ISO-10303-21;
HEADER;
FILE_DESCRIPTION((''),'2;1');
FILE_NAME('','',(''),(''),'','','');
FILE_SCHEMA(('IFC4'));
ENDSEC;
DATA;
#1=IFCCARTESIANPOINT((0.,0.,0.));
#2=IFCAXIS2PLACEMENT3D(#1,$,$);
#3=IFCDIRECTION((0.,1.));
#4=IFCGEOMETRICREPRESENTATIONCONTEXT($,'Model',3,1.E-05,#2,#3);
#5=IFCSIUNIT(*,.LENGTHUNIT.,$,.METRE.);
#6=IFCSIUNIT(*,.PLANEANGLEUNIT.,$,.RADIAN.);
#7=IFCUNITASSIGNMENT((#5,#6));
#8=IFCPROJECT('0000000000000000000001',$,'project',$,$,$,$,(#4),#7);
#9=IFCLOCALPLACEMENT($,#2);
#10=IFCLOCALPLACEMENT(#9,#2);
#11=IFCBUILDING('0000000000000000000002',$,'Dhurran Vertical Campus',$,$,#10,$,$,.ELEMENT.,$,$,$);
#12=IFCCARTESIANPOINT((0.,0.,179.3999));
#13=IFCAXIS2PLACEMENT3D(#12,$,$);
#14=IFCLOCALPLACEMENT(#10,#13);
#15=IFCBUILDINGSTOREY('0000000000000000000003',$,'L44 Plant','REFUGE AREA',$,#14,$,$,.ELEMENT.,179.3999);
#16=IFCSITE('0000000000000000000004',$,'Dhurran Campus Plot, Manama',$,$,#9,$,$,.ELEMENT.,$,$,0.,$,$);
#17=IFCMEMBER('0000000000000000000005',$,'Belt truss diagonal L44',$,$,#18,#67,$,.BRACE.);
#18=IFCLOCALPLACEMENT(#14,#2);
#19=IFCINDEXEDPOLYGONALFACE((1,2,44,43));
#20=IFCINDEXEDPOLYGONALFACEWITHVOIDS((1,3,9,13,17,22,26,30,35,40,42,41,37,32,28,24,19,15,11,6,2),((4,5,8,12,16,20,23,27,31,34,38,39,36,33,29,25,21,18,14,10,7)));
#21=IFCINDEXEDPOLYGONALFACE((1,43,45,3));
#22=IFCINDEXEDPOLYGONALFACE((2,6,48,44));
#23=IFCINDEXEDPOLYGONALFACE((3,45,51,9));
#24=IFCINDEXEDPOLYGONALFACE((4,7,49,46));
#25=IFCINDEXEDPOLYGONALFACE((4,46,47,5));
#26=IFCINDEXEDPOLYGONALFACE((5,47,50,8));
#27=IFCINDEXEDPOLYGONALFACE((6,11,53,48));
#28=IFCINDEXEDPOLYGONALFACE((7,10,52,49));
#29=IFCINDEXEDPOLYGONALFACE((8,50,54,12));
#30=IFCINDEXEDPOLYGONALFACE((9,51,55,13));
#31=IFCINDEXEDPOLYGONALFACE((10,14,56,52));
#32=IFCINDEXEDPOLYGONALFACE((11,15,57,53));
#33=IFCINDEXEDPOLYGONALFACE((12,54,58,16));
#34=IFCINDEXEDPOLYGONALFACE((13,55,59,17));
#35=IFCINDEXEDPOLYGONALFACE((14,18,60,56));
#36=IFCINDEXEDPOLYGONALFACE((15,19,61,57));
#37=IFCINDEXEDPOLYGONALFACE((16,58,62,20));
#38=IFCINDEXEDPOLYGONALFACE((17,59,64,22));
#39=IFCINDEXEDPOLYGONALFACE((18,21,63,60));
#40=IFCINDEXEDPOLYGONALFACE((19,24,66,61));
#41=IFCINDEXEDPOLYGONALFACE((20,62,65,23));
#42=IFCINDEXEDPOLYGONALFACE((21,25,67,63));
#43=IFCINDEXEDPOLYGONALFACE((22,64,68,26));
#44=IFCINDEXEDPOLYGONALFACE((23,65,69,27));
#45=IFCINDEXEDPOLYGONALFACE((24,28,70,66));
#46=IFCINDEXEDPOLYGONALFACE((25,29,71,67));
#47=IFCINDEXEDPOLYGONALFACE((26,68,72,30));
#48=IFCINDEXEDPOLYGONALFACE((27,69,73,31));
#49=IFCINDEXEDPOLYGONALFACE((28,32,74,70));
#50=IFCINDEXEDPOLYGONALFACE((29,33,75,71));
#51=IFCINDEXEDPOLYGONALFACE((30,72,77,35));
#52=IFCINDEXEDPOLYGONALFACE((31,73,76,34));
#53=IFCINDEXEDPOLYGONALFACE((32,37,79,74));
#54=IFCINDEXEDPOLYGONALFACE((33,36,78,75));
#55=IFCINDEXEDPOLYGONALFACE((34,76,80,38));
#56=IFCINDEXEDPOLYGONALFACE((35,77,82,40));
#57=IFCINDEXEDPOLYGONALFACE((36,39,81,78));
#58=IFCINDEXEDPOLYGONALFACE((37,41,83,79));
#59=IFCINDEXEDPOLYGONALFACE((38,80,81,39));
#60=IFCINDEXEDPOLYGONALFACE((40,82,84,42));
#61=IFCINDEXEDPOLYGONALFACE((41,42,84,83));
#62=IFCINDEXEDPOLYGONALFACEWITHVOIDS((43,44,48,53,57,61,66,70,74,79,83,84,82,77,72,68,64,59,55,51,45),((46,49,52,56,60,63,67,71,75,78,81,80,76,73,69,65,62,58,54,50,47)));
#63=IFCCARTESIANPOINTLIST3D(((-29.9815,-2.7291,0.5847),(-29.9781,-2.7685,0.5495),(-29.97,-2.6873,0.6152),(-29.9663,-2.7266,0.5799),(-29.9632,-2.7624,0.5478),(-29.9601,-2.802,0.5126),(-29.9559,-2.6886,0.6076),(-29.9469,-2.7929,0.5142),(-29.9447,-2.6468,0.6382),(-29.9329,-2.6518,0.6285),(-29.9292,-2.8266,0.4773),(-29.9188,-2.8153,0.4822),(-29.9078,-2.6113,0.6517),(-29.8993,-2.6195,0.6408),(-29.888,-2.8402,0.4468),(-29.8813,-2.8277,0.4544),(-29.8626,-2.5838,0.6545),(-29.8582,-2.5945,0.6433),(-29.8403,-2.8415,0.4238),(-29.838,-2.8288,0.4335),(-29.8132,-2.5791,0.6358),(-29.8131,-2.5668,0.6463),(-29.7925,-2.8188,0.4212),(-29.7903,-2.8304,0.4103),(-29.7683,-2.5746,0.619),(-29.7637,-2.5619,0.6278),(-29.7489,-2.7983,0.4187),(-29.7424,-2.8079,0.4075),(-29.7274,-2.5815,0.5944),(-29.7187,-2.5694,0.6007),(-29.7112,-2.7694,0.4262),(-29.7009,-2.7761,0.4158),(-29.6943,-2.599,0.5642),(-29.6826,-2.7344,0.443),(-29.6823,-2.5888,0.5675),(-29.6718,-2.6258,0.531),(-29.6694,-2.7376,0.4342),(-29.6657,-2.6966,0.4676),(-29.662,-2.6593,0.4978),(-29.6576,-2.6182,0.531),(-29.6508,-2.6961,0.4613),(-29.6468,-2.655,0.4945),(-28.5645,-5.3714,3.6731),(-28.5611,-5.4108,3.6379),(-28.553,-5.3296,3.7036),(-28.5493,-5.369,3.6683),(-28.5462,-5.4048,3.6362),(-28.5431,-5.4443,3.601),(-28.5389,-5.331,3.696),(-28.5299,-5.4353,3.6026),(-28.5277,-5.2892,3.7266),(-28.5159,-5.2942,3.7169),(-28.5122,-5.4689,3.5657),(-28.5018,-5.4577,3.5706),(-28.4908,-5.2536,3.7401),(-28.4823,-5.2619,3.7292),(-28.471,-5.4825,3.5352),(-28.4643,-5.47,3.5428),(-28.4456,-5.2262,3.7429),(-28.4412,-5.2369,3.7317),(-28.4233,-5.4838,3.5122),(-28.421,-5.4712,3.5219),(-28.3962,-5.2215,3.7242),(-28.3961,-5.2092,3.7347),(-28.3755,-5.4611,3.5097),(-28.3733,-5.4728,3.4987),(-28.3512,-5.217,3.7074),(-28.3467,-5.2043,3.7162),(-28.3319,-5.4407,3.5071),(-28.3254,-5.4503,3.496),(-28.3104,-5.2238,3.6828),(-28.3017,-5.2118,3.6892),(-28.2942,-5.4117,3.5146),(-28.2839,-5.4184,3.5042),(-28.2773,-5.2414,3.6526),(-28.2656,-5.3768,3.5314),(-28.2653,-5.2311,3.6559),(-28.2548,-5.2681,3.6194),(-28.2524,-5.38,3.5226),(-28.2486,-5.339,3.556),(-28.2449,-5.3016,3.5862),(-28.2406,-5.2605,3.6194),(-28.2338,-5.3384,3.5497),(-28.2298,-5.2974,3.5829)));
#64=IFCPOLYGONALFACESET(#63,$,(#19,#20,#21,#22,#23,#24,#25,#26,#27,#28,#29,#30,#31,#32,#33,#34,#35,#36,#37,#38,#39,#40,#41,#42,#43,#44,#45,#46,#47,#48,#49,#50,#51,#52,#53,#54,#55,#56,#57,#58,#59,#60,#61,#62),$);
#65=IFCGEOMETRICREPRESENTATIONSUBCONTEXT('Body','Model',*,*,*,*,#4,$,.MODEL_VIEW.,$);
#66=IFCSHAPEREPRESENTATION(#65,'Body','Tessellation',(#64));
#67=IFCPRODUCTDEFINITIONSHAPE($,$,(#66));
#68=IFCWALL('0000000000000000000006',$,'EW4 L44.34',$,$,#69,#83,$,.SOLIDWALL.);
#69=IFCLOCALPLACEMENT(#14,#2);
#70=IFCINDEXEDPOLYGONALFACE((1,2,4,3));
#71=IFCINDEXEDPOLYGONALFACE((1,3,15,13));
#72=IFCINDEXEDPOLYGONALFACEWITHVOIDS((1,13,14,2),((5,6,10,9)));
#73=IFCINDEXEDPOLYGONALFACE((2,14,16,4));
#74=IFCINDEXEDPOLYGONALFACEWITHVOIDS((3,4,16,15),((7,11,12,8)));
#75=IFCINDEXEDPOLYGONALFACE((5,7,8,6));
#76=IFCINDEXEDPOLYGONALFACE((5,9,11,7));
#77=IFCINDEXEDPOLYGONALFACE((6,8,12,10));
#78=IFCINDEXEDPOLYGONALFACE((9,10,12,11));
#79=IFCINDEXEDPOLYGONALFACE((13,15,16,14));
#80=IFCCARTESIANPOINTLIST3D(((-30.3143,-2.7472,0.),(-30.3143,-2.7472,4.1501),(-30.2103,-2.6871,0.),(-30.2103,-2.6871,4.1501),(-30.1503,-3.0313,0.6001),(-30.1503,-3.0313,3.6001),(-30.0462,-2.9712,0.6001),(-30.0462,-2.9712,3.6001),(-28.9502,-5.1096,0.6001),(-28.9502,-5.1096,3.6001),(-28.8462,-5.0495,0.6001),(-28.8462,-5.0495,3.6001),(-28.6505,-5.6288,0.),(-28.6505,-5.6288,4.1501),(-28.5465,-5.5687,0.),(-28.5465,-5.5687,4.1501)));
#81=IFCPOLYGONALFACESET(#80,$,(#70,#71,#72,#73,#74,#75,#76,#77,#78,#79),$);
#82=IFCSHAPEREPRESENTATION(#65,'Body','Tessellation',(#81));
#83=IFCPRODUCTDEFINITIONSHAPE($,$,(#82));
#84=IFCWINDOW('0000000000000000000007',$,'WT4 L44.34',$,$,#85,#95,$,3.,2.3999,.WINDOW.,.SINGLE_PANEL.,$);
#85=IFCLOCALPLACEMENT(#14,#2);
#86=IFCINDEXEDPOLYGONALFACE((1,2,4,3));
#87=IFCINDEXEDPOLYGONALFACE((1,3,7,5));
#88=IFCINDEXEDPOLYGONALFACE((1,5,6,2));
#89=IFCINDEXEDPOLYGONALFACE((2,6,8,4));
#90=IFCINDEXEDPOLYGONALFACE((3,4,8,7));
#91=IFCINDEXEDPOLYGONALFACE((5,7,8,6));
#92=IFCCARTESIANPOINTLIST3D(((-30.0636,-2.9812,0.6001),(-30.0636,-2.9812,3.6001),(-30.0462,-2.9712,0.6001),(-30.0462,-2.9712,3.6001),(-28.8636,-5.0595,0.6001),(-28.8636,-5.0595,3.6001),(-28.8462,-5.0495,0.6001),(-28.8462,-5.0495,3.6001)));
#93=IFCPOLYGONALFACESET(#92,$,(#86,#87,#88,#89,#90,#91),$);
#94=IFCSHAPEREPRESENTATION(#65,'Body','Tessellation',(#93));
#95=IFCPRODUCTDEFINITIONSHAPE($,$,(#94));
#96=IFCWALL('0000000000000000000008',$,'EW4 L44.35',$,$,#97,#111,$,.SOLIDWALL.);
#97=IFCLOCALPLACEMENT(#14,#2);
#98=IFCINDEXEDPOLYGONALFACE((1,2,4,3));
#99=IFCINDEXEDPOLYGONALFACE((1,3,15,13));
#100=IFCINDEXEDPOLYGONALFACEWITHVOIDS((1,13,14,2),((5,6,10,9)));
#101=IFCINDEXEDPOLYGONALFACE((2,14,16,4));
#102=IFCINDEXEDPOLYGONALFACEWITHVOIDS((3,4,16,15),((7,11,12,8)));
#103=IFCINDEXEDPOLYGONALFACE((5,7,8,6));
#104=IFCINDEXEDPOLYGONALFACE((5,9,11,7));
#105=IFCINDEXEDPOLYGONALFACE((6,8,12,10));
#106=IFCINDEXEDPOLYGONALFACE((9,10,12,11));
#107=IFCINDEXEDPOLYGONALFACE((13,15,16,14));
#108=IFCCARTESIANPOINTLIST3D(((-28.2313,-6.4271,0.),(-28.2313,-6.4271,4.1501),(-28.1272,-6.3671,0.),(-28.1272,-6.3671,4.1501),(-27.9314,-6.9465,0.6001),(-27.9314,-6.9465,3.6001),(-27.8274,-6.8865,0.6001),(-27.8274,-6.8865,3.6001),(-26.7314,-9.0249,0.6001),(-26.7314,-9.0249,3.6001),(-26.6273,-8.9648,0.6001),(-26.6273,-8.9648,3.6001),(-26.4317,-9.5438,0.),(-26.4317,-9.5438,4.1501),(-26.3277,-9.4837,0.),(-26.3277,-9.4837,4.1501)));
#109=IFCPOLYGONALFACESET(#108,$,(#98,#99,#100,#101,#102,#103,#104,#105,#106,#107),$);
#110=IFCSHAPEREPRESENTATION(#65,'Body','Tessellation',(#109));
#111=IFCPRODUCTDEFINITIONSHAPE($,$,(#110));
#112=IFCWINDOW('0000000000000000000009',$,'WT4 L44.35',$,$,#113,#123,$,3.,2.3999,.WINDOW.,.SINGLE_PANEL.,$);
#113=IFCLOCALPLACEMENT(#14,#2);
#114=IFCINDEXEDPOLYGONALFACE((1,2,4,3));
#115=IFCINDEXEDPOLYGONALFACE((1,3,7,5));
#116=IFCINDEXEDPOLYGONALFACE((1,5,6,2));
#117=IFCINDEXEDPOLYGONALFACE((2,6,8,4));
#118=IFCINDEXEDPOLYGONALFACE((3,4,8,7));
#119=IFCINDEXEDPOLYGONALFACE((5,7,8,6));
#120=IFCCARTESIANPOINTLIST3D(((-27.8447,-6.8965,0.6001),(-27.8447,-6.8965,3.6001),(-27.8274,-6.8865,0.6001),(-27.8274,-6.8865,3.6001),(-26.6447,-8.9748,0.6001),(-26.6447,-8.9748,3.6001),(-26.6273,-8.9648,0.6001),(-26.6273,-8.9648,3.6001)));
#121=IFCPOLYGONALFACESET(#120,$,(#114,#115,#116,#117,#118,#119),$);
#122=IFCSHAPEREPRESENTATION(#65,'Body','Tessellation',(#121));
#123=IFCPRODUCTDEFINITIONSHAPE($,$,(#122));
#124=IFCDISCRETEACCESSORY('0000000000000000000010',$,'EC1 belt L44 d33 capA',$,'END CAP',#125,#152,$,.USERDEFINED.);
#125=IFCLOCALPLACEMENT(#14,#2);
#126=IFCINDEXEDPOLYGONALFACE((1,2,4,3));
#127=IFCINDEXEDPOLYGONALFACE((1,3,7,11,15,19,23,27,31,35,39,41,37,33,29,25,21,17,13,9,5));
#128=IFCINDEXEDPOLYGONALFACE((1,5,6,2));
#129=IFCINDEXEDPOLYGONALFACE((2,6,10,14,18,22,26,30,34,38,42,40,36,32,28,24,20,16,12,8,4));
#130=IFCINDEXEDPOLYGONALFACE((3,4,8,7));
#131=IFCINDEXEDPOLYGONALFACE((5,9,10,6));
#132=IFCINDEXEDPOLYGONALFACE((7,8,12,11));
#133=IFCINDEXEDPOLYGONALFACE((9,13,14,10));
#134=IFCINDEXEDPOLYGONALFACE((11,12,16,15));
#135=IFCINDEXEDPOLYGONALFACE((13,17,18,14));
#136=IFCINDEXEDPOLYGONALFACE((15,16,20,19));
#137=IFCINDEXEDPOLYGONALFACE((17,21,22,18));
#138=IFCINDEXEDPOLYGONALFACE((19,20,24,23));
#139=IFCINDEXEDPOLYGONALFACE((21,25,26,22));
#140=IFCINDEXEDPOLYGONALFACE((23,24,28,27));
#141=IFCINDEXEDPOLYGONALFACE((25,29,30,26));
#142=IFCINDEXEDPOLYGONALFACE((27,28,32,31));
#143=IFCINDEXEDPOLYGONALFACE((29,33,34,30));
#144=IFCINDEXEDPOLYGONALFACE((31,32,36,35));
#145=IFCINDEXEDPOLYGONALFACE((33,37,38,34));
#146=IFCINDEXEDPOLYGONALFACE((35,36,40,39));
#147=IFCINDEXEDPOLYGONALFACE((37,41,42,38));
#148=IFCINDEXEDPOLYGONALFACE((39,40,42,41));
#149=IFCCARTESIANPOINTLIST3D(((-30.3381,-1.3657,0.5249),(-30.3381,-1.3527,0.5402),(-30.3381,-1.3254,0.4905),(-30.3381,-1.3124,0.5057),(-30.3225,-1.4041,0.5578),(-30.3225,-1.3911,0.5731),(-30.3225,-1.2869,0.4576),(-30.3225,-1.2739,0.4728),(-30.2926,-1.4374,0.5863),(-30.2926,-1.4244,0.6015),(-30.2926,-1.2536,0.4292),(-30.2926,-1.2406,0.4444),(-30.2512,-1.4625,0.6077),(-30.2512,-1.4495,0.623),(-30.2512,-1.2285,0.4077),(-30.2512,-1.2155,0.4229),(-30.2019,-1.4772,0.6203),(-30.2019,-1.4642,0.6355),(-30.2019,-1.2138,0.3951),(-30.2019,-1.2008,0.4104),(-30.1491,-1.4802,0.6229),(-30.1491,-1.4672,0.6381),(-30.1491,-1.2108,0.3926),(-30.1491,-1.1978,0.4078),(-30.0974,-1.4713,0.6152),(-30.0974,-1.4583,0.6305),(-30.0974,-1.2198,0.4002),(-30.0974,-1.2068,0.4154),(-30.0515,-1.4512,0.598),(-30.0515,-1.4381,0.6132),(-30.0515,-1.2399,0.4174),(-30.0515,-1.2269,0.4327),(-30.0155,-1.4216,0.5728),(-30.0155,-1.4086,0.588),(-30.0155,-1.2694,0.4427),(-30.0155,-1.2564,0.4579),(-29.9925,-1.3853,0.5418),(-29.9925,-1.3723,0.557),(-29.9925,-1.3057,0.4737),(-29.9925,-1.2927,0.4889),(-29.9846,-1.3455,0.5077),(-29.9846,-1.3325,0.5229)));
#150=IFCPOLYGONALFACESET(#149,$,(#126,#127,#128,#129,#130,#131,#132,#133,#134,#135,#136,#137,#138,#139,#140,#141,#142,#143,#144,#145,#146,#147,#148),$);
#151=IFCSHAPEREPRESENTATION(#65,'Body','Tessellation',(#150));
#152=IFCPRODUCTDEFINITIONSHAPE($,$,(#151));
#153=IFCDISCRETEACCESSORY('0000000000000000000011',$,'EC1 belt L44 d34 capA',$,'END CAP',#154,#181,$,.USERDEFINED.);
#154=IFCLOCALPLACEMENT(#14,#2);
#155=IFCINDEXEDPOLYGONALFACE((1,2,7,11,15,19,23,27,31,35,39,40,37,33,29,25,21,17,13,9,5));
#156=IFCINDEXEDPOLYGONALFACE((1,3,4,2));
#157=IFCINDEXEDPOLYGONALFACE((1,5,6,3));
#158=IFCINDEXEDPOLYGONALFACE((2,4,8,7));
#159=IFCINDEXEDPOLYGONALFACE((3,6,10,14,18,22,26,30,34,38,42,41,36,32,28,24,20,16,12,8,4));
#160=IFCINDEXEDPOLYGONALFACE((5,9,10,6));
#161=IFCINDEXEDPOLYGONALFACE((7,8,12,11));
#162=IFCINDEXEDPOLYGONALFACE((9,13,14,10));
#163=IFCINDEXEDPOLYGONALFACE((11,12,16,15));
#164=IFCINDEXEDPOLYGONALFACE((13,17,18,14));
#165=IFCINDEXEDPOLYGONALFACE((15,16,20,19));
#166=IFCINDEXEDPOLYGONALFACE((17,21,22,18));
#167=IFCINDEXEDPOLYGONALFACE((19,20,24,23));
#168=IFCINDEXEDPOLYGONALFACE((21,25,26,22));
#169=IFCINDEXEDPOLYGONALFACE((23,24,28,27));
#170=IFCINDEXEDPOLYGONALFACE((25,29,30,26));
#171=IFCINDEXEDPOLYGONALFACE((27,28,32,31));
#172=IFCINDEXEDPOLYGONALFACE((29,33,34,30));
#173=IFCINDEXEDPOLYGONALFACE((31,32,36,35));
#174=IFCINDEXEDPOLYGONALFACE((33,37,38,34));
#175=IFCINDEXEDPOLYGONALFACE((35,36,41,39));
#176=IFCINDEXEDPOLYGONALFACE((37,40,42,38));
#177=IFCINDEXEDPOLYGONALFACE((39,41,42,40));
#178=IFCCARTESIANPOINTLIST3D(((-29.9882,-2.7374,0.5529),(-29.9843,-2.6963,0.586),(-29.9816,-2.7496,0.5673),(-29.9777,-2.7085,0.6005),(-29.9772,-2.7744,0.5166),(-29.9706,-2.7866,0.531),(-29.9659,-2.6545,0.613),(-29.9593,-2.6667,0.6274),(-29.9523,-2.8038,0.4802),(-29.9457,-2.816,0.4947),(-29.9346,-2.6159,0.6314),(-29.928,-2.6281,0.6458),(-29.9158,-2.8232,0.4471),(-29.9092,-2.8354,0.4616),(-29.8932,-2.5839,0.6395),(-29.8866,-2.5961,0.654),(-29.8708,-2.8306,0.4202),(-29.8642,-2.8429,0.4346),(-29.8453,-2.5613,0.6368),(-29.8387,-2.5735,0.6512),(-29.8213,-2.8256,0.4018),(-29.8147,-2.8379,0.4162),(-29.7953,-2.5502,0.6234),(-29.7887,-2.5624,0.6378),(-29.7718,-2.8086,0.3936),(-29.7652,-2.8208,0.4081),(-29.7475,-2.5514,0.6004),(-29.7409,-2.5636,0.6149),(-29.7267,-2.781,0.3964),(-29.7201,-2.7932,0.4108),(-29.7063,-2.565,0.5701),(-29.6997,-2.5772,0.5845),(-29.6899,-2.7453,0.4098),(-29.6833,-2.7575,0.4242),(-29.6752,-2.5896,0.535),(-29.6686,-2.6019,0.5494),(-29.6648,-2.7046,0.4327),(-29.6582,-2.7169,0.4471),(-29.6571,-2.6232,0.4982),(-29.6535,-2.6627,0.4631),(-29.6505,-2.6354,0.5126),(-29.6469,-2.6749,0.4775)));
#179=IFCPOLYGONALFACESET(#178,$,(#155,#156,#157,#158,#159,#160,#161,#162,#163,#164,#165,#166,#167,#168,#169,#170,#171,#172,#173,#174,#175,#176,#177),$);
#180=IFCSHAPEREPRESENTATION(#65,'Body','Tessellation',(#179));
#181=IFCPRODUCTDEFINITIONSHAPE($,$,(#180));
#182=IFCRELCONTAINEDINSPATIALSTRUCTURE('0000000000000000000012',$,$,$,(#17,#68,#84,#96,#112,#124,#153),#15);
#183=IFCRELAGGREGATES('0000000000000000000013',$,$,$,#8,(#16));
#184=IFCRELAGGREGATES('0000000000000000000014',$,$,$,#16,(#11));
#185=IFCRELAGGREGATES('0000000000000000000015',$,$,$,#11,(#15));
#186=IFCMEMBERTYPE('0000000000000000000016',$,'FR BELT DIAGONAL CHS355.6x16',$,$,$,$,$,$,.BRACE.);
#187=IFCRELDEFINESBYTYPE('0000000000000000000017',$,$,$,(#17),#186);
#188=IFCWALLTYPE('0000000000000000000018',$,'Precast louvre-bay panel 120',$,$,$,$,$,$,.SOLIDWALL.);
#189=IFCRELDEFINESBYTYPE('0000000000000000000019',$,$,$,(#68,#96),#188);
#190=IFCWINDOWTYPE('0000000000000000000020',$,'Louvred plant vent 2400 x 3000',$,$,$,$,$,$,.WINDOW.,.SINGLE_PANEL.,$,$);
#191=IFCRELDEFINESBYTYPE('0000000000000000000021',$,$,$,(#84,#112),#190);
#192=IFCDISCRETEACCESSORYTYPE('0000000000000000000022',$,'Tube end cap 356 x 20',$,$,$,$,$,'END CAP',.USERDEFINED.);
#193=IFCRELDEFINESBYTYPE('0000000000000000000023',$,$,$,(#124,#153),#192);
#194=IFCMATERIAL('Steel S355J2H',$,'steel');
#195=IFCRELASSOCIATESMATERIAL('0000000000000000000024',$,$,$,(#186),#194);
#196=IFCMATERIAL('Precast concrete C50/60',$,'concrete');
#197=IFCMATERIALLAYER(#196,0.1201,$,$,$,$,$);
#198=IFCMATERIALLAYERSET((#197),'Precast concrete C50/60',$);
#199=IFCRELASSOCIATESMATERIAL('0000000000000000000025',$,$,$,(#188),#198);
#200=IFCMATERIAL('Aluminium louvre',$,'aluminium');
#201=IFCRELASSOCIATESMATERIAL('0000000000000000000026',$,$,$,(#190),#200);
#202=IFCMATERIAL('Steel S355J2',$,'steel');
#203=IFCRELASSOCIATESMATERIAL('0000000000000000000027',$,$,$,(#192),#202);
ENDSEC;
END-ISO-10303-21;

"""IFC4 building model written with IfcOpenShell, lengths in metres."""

from ifc_helpers import new_model, si_unit, direction, frame, frame_2d, origin, origin_2d, place, context, subcontext, project, spatial, rectangle, circle, hollow_circle, extrude, material, layer, layer_set, material_profile, profile_set, type_object, element, fill, save


model = new_model("IFC4")

# Units and contexts
model_context = context("Model", 3, precision=1e-05, world=origin(), true_north=direction((0.0, 1.0)))
body_context = subcontext(model_context, "Body", "Model", "MODEL_VIEW")
ifc_project = project(units=[si_unit("LENGTHUNIT", "METRE"), si_unit("PLANEANGLEUNIT", "RADIAN")], contexts=[model_context])

# Site, building, storey
site_placement = place(None, origin())
site = spatial("IfcSite", under=ifc_project, at=site_placement, Name="Dhurran Campus Plot, Manama", CompositionType="ELEMENT", RefElevation=0.0)
building_placement = place(site_placement, origin())
building = spatial("IfcBuilding", under=site, at=building_placement, Name="Dhurran Vertical Campus", CompositionType="ELEMENT")
storey_placement = place(building_placement, frame((0.0, 0.0, 179.3999)))
storey = spatial("IfcBuildingStorey", under=building, at=storey_placement, Name="L44 Plant", Description="REFUGE AREA", CompositionType="ELEMENT", Elevation=179.3999)

# Member
ifc_material_1 = material(Name="Steel S355J2H", Category="steel")
ifc_material_profile_1 = material_profile(ifc_material_1, hollow_circle(Radius=0.1777, WallThickness=0.0161, at=origin_2d()), Name="CHS355.6x16")
ifc_profile_set_1 = profile_set([ifc_material_profile_1], Name="Steel S355J2H")
member_type = type_object("IfcMemberType", Name="FR BELT DIAGONAL CHS355.6x16", PredefinedType="BRACE", material=ifc_profile_set_1)
member_1_placement = place(storey_placement, frame((-29.8142, -2.7021, 0.531), z_axis=(0.329196, -0.613868, 0.717493), x_axis=(0.881278, 0.472599, 0.0)))
element("IfcMember", 1, at=member_1_placement, inside=storey, type_object=member_type, Name="Belt truss diagonal L44", PredefinedType="BRACE", context=body_context, shape_type="SweptSolid", body=[
    extrude(hollow_circle(Radius=0.1777, WallThickness=0.0161, at=origin_2d()), origin(), (0.0, 0.0, 1.0), 4.3044),
])

# Walls, openings, windows
ifc_material_2 = material(Name="Precast concrete C50/60", Category="concrete")
ifc_layer = layer(ifc_material_2, 0.1201)
ifc_layer_set = layer_set([ifc_layer], Name="Precast concrete C50/60")
wall_type = type_object("IfcWallType", Name="Precast louvre-bay panel 120", PredefinedType="SOLIDWALL", material=ifc_layer_set)
wall_1_placement = place(storey_placement, frame((-30.2622, -2.7173, 0.0), z_axis=(0.0, 0.0, 1.0), x_axis=(0.500029, -0.866008, 0.0)))
wall_1 = element("IfcWall", 2, at=wall_1_placement, inside=storey, type_object=wall_type, Name="EW4 L44.34", PredefinedType="SOLIDWALL", context=body_context, shape_type="SweptSolid", body=[
    extrude(rectangle(XDim=3.3274, YDim=0.1201, at=frame_2d((1.6636, 0.0))), origin(), (0.0, 0.0, 1.0), 4.1501),
])
opening_1_placement = place(wall_1_placement, frame((0.3279, 0.0, 0.6001)))
opening_1 = element("IfcOpeningElement", 3, at=opening_1_placement, cuts=wall_1, PredefinedType="OPENING", context=body_context, shape_type="SweptSolid", body=[
    extrude(rectangle(XDim=2.3999, YDim=3.0, at=frame_2d((1.2, 1.5))), frame((0.0, 0.0701, 0.0), z_axis=(0.0, -1.0, 0.0), x_axis=(1.0, 0.0, 0.0)), (0.0, 0.0, 1.0), 0.1401),
])
ifc_material_3 = material(Name="Aluminium louvre", Category="aluminium")
window_type = type_object("IfcWindowType", Name="Louvred plant vent 2400 x 3000", PartitioningType="SINGLE_PANEL", PredefinedType="WINDOW", material=ifc_material_3)
window_1_placement = place(opening_1_placement, origin())
window_1 = element("IfcWindow", 4, at=window_1_placement, inside=storey, type_object=window_type, Name="WT4 L44.34", OverallHeight=3.0, OverallWidth=2.3999, PartitioningType="SINGLE_PANEL", PredefinedType="WINDOW", context=body_context, shape_type="SweptSolid", body=[
    extrude(rectangle(XDim=2.3999, YDim=3.0, at=frame_2d((1.2, 1.5))), frame((0.0, 0.0601, 0.0), z_axis=(0.0, -1.0, 0.0), x_axis=(1.0, 0.0, 0.0)), (0.0, 0.0, 1.0), 0.02),
])
fill(opening_1, window_1)
wall_2_placement = place(storey_placement, frame((-28.1792, -6.3972, 0.0), z_axis=(0.0, 0.0, 1.0), x_axis=(0.500028, -0.866009, 0.0)))
wall_2 = element("IfcWall", 5, at=wall_2_placement, inside=storey, type_object=wall_type, Name="EW4 L44.35", PredefinedType="SOLIDWALL", context=body_context, shape_type="SweptSolid", body=[
    extrude(rectangle(XDim=3.5989, YDim=0.1201, at=frame_2d((1.7993, 0.0))), origin(), (0.0, 0.0, 1.0), 4.1501),
])
opening_2_placement = place(wall_2_placement, frame((0.5996, 0.0, 0.6001)))
opening_2 = element("IfcOpeningElement", 6, at=opening_2_placement, cuts=wall_2, PredefinedType="OPENING", context=body_context, shape_type="SweptSolid", body=[
    extrude(rectangle(XDim=2.3999, YDim=3.0, at=frame_2d((1.2, 1.5))), frame((0.0, 0.0701, 0.0), z_axis=(0.0, -1.0, 0.0), x_axis=(1.0, 0.0, 0.0)), (0.0, 0.0, 1.0), 0.1401),
])
window_2_placement = place(opening_2_placement, origin())
window_2 = element("IfcWindow", 7, at=window_2_placement, inside=storey, type_object=window_type, Name="WT4 L44.35", OverallHeight=3.0, OverallWidth=2.3999, PartitioningType="SINGLE_PANEL", PredefinedType="WINDOW", context=body_context, shape_type="SweptSolid", body=[
    extrude(rectangle(XDim=2.3999, YDim=3.0, at=frame_2d((1.2, 1.5))), frame((0.0, 0.0601, 0.0), z_axis=(0.0, -1.0, 0.0), x_axis=(1.0, 0.0, 0.0)), (0.0, 0.0, 1.0), 0.02),
])
fill(opening_2, window_2)

# Discrete accessories
ifc_material_4 = material(Name="Steel S355J2", Category="steel")
ifc_material_profile_2 = material_profile(ifc_material_4, circle(Radius=0.1777, at=origin_2d()), Name="Tube end cap 356 x 20")
ifc_profile_set_2 = profile_set([ifc_material_profile_2], Name="Steel S355J2")
discrete_accessory_type = type_object("IfcDiscreteAccessoryType", Name="Tube end cap 356 x 20", ElementType="END CAP", PredefinedType="USERDEFINED", material=ifc_profile_set_2)
for number, where, z_axis, x_axis, name in (
    (8, (-30.1624, -1.3325, 0.5229), (0.0, -0.649781, -0.760121), (1.0, 0.0, 0.0), "EC1 belt L44 d33 capA"),
    (9, (-29.8142, -2.7021, 0.531), (-0.329612, 0.610392, -0.720262), (-0.879905, -0.475149, 0.0), "EC1 belt L44 d34 capA"),
):
    element("IfcDiscreteAccessory", number, at=place(storey_placement, frame(where, z_axis=z_axis, x_axis=x_axis)), inside=storey, type_object=discrete_accessory_type, Name=name, ObjectType="END CAP", PredefinedType="USERDEFINED", context=body_context, shape_type="SweptSolid", body=[
        extrude(circle(Radius=0.1777, at=origin_2d()), origin(), (0.0, 0.0, 1.0), 0.02),
    ])

save(model, "model.ifc")
